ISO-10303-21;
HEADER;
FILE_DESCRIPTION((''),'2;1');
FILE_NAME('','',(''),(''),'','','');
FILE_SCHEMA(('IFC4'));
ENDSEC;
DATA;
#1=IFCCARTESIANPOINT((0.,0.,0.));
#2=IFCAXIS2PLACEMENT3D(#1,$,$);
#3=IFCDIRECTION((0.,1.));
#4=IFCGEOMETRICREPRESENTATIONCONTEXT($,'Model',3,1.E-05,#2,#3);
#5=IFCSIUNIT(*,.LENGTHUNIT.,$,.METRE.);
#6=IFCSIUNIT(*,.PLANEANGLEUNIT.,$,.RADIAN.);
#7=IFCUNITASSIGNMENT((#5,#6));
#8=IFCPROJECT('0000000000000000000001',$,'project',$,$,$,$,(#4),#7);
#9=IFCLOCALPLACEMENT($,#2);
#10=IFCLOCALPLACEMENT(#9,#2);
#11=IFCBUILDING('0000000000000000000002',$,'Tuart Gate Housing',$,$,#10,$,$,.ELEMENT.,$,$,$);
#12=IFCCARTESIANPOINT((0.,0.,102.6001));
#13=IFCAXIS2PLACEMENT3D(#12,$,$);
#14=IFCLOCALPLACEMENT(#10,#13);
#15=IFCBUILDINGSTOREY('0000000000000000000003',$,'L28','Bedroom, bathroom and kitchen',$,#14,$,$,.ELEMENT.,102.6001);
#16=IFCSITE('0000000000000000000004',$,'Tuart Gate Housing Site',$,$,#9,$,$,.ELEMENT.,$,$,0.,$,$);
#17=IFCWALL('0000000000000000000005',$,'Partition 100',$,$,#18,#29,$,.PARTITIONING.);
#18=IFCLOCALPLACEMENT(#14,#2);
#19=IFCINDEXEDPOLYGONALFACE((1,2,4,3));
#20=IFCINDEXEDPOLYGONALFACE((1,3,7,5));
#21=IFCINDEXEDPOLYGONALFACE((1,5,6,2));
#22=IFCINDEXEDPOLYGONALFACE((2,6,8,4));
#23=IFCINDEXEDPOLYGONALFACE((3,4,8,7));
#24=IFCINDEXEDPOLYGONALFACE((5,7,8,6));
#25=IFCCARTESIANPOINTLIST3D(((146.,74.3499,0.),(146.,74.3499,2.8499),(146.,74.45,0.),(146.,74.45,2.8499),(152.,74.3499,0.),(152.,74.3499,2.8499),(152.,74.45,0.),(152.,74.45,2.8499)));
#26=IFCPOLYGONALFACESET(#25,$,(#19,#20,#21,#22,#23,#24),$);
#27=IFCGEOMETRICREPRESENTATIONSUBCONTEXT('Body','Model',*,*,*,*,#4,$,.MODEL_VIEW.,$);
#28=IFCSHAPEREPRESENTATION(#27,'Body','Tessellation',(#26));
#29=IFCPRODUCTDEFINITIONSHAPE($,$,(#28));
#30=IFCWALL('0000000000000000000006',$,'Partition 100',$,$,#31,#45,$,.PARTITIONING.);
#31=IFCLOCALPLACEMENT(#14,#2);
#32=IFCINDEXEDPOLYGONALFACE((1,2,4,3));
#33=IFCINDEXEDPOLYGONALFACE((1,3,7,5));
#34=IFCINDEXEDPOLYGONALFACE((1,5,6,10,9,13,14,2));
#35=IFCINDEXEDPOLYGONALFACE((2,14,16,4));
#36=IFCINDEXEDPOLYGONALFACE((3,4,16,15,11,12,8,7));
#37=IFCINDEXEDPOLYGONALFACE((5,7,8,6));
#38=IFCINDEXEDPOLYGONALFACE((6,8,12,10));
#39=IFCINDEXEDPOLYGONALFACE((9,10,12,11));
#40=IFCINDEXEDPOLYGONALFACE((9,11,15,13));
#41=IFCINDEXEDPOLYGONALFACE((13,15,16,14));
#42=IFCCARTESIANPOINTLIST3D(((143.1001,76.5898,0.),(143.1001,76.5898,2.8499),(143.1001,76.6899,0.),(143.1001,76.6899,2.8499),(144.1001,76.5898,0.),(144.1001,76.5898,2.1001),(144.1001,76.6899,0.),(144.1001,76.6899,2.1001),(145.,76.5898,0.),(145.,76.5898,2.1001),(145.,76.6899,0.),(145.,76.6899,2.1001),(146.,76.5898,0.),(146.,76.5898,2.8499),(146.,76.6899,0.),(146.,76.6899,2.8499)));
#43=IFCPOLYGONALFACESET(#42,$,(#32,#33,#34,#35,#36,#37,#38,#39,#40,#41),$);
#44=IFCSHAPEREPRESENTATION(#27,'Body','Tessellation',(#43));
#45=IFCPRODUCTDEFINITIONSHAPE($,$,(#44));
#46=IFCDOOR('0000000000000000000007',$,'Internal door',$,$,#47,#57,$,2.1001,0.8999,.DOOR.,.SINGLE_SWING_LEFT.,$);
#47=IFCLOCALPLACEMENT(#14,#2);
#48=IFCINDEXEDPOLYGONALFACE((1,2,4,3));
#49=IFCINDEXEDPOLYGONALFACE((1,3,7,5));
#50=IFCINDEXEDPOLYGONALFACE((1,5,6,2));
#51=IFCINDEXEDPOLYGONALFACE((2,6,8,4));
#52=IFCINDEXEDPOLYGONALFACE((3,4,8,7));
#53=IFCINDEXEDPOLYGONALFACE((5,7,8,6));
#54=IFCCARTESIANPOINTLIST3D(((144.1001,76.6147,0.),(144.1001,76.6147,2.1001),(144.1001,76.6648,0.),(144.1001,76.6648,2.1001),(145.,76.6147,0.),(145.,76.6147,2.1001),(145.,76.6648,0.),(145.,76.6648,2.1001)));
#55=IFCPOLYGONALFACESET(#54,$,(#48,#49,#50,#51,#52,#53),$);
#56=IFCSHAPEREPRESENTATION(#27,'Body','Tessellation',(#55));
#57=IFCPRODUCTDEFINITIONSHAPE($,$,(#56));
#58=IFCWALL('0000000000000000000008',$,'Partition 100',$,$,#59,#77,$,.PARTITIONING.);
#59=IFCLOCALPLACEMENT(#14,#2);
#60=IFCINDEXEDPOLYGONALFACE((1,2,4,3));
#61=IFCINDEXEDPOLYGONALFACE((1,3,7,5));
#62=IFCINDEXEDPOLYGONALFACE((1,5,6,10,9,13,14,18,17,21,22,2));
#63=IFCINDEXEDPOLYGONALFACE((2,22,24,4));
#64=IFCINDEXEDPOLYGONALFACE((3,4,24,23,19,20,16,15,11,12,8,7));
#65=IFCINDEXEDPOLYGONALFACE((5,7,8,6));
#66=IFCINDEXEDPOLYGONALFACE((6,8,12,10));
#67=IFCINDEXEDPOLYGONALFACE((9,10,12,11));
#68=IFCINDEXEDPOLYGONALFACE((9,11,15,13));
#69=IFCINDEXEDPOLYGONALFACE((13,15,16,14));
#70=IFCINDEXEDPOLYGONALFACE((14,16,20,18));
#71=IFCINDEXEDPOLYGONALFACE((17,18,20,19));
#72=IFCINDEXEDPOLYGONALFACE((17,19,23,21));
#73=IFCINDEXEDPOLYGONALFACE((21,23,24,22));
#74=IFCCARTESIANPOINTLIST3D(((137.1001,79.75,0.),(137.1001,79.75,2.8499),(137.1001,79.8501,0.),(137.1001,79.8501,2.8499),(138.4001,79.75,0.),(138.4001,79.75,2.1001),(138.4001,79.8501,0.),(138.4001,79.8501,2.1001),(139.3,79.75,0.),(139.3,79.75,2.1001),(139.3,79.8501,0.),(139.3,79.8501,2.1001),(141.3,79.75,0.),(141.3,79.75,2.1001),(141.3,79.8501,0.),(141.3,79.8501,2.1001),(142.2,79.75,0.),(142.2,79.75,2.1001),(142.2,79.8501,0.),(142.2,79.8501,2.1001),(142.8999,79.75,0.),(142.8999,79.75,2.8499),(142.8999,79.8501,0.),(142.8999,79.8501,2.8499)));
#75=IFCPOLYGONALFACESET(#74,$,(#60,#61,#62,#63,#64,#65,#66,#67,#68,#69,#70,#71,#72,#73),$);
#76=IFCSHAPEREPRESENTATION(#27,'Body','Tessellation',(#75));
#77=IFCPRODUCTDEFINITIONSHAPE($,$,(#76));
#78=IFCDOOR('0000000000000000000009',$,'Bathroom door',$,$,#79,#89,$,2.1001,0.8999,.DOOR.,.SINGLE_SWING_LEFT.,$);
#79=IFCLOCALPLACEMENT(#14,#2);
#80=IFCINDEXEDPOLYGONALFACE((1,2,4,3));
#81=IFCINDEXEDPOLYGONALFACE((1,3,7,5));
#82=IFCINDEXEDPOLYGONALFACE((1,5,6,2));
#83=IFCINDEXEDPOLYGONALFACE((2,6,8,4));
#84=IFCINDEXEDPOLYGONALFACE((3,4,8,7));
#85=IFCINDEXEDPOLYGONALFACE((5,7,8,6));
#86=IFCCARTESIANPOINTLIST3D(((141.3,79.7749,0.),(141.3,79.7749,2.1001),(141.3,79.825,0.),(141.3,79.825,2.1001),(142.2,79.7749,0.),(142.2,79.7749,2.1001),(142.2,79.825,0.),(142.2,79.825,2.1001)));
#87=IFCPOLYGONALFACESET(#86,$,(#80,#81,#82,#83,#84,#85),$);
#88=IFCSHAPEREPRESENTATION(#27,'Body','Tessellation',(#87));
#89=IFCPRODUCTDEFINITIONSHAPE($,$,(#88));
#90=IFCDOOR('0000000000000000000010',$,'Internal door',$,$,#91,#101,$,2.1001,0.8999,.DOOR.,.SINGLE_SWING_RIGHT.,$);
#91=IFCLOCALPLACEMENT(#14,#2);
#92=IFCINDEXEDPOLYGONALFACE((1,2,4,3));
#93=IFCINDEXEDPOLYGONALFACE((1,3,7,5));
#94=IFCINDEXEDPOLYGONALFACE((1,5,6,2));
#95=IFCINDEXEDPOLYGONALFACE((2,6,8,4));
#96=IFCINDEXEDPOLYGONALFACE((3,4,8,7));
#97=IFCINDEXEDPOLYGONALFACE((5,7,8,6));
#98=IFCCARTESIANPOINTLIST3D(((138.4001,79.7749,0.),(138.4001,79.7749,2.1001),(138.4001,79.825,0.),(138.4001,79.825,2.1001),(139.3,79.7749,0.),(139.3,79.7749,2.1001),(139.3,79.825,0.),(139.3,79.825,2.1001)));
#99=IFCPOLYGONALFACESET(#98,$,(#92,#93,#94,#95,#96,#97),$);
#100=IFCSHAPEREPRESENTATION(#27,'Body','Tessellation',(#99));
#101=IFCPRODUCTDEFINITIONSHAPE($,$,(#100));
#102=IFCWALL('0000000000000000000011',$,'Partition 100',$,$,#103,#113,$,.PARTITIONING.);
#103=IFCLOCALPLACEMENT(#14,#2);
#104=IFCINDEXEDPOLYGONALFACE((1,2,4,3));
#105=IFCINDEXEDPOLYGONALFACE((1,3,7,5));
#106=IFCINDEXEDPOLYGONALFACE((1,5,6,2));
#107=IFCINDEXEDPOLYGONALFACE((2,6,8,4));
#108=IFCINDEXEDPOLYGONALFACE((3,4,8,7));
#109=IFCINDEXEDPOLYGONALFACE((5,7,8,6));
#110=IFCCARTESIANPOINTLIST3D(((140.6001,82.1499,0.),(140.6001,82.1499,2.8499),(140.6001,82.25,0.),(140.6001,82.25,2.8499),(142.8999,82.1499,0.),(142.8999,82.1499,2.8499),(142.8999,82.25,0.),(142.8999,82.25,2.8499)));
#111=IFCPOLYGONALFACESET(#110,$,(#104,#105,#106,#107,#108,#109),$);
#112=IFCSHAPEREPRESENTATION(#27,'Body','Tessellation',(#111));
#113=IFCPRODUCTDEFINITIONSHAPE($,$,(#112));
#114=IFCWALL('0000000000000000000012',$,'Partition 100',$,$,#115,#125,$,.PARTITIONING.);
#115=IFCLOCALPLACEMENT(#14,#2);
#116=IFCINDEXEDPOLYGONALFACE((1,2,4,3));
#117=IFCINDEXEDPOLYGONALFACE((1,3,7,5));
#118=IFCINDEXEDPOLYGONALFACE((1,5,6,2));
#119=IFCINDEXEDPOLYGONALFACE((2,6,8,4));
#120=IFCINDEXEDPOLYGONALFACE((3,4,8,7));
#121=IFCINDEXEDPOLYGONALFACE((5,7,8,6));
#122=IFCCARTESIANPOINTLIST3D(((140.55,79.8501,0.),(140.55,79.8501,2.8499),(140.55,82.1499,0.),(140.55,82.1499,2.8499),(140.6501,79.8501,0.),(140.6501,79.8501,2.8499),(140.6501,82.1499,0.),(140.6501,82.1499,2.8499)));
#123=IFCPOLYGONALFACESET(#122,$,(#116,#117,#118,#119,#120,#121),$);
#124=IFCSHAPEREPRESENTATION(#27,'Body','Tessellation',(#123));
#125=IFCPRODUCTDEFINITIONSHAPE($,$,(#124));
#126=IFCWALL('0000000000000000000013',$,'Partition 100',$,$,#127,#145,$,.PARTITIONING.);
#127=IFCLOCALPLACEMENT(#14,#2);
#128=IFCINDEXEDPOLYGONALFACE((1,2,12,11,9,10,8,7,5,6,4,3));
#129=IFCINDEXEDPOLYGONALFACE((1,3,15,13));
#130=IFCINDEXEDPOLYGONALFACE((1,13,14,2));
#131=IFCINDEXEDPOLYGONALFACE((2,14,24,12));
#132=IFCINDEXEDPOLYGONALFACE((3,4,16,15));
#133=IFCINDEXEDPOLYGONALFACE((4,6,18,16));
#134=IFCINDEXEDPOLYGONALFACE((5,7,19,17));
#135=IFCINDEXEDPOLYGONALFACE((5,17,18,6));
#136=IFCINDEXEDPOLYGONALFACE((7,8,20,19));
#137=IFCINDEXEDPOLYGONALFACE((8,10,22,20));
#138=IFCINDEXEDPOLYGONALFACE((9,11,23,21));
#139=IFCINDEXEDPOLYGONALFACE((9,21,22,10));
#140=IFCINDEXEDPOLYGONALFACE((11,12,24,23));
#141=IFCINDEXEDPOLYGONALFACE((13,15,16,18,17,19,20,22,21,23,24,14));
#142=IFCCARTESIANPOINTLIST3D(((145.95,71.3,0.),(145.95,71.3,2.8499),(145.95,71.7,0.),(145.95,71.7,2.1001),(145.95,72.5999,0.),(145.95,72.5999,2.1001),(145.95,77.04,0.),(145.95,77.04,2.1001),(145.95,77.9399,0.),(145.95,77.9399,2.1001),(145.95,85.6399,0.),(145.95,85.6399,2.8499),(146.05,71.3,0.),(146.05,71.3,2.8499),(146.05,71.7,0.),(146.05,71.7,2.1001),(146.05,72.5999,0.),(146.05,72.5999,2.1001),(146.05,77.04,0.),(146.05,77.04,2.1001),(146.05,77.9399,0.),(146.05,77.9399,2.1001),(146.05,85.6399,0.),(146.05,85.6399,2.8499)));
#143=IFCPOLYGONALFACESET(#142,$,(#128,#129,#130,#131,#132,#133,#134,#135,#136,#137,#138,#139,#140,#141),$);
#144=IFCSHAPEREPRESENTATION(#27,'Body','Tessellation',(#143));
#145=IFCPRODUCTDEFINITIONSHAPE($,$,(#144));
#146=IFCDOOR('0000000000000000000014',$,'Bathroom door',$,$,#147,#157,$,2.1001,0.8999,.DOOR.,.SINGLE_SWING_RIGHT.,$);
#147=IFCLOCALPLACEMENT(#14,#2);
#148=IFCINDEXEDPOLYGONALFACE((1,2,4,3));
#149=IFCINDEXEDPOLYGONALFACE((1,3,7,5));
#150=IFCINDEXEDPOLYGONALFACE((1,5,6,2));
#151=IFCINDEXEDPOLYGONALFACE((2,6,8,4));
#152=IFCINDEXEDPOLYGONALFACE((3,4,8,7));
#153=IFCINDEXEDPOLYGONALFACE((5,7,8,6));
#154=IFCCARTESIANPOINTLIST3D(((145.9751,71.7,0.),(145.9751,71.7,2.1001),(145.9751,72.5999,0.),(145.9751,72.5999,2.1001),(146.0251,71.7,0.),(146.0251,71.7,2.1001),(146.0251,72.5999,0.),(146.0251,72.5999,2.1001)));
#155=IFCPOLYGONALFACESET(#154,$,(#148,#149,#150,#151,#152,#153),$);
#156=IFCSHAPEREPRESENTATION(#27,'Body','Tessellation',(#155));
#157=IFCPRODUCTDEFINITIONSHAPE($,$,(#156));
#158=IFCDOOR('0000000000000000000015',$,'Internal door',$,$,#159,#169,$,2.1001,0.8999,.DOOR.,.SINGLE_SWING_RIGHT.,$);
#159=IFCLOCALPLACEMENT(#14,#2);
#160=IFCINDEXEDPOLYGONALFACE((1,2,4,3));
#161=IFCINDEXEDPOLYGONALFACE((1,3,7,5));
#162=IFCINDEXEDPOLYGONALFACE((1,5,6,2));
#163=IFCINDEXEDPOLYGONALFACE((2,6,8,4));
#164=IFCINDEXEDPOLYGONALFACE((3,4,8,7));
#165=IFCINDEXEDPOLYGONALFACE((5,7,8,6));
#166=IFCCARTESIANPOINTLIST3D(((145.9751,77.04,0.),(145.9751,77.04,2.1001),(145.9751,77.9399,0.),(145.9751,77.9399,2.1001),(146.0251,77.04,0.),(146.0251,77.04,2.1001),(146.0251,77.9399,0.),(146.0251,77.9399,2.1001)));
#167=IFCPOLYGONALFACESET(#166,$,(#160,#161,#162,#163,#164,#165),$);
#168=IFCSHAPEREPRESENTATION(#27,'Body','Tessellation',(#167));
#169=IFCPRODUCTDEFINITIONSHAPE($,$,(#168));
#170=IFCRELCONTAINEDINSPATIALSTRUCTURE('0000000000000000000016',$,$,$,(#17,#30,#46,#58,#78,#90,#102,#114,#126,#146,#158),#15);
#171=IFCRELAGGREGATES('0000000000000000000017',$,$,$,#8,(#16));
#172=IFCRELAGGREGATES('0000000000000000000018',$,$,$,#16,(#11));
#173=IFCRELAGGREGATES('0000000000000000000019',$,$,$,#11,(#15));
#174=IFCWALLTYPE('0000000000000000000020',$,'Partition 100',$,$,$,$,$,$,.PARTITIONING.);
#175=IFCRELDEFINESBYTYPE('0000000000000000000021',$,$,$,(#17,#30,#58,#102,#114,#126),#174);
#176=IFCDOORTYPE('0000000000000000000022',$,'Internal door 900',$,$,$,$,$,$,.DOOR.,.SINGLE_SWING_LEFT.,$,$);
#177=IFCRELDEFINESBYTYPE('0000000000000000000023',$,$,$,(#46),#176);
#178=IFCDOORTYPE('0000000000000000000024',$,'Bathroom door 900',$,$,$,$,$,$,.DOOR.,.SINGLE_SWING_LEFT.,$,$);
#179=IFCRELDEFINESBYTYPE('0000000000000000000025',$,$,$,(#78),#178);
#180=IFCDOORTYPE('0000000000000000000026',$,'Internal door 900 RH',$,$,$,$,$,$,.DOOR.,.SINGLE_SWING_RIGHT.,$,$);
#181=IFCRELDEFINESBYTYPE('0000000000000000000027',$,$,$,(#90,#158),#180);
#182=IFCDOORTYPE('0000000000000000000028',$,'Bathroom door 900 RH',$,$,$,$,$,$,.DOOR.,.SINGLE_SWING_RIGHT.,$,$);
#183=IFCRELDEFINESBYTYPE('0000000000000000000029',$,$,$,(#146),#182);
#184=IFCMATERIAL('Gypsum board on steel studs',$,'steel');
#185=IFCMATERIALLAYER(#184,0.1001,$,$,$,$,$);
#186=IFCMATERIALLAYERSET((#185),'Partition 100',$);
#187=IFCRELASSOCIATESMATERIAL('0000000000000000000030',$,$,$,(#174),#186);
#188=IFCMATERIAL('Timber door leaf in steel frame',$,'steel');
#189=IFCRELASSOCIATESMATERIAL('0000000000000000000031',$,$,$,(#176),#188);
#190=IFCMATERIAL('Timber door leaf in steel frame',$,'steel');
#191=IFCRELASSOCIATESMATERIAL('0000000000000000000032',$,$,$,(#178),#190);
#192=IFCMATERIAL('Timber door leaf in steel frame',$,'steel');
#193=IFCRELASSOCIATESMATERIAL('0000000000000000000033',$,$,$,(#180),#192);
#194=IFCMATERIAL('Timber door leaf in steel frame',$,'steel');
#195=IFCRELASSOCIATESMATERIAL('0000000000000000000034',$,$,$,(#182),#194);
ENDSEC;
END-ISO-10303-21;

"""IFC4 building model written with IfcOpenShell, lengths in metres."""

from ifc_helpers import new_model, si_unit, direction, frame, frame_2d, origin, place, context, subcontext, project, spatial, rectangle, extrude, material, layer, layer_set, type_object, element, fill, save


model = new_model("IFC4")

# Units and contexts
model_context = context("Model", 3, precision=1e-05, world=origin(), true_north=direction((0.0, 1.0)))
body_context = subcontext(model_context, "Body", "Model", "MODEL_VIEW")
ifc_project = project(units=[si_unit("LENGTHUNIT", "METRE"), si_unit("PLANEANGLEUNIT", "RADIAN")], contexts=[model_context])

# Site, building, storey
site_placement = place(None, origin())
site = spatial("IfcSite", under=ifc_project, at=site_placement, Name="Tuart Gate Housing Site", CompositionType="ELEMENT", RefElevation=0.0)
building_placement = place(site_placement, origin())
building = spatial("IfcBuilding", under=site, at=building_placement, Name="Tuart Gate Housing", CompositionType="ELEMENT")
storey_placement = place(building_placement, frame((0.0, 0.0, 102.6001)))
storey = spatial("IfcBuildingStorey", under=building, at=storey_placement, Name="L28", Description="Bedroom, bathroom and kitchen", CompositionType="ELEMENT", Elevation=102.6001)

# Wall
ifc_material_1 = material(Name="Gypsum board on steel studs", Category="steel")
ifc_layer_1 = layer(ifc_material_1, 0.1001)
ifc_layer_set_1 = layer_set([ifc_layer_1], Name="Partition 100")
wall_type_1 = type_object("IfcWallType", Name="Partition 100", PredefinedType="PARTITIONING", material=ifc_layer_set_1)
wall_1_placement = place(storey_placement, frame((146.0, 74.3999, 0.0), z_axis=(0.0, 0.0, 1.0), x_axis=(1.0, 0.0, 0.0)))
element("IfcWall", 1, at=wall_1_placement, inside=storey, type_object=wall_type_1, Name="Partition 100", PredefinedType="PARTITIONING", context=body_context, shape_type="SweptSolid", body=[
    extrude(rectangle(XDim=6.0, YDim=0.1001, at=frame_2d((3.0, 0.0))), origin(), (0.0, 0.0, 1.0), 2.8499),
])

# Wall, opening, door
wall_2_placement = place(storey_placement, frame((143.1001, 76.6399, 0.0), z_axis=(0.0, 0.0, 1.0), x_axis=(1.0, 0.0, 0.0)))
wall_2 = element("IfcWall", 2, at=wall_2_placement, inside=storey, type_object=wall_type_1, Name="Partition 100", PredefinedType="PARTITIONING", context=body_context, shape_type="SweptSolid", body=[
    extrude(rectangle(XDim=2.8999, YDim=0.1001, at=frame_2d((1.45, 0.0))), origin(), (0.0, 0.0, 1.0), 2.8499),
])
opening_1_placement = place(wall_2_placement, frame((1.0, 0.0, 0.0)))
opening_1 = element("IfcOpeningElement", 3, at=opening_1_placement, cuts=wall_2, PredefinedType="OPENING", context=body_context, shape_type="SweptSolid", body=[
    extrude(rectangle(XDim=0.8999, YDim=2.1001, at=frame_2d((0.45, 1.05))), frame((0.0, 0.0601, 0.0), z_axis=(0.0, -1.0, 0.0), x_axis=(1.0, 0.0, 0.0)), (0.0, 0.0, 1.0), 0.1201),
])
ifc_material_2 = material(Name="Timber door leaf in steel frame", Category="steel")
door_type_1 = type_object("IfcDoorType", Name="Internal door 900", OperationType="SINGLE_SWING_LEFT", PredefinedType="DOOR", material=ifc_material_2)
door_1_placement = place(opening_1_placement, frame((0.8999, 0.0, 0.0), z_axis=(0.0, 0.0, 1.0), x_axis=(-1.0, 0.0, 0.0)))
door_1 = element("IfcDoor", 4, at=door_1_placement, inside=storey, type_object=door_type_1, Name="Internal door", OperationType="SINGLE_SWING_LEFT", OverallHeight=2.1001, OverallWidth=0.8999, PredefinedType="DOOR", context=body_context, shape_type="SweptSolid", body=[
    extrude(rectangle(XDim=0.8999, YDim=2.1001, at=frame_2d((0.45, 1.05))), frame((0.0, 0.0251, 0.0), z_axis=(0.0, -1.0, 0.0), x_axis=(1.0, 0.0, 0.0)), (0.0, 0.0, 1.0), 0.05),
])
fill(opening_1, door_1)

# Wall, openings, doors
wall_3_placement = place(storey_placement, frame((137.1001, 79.8, 0.0), z_axis=(0.0, 0.0, 1.0), x_axis=(1.0, 0.0, 0.0)))
wall_3 = element("IfcWall", 5, at=wall_3_placement, inside=storey, type_object=wall_type_1, Name="Partition 100", PredefinedType="PARTITIONING", context=body_context, shape_type="SweptSolid", body=[
    extrude(rectangle(XDim=5.7998, YDim=0.1001, at=frame_2d((2.8999, 0.0))), origin(), (0.0, 0.0, 1.0), 2.8499),
])
opening_2_placement = place(wall_3_placement, frame((1.3, 0.0, 0.0)))
opening_2 = element("IfcOpeningElement", 6, at=opening_2_placement, cuts=wall_3, PredefinedType="OPENING", context=body_context, shape_type="SweptSolid", body=[
    extrude(rectangle(XDim=0.8999, YDim=2.1001, at=frame_2d((0.45, 1.05))), frame((0.0, 0.0601, 0.0), z_axis=(0.0, -1.0, 0.0), x_axis=(1.0, 0.0, 0.0)), (0.0, 0.0, 1.0), 0.1201),
])
opening_3_placement = place(wall_3_placement, frame((4.2, 0.0, 0.0)))
opening_3 = element("IfcOpeningElement", 7, at=opening_3_placement, cuts=wall_3, PredefinedType="OPENING", context=body_context, shape_type="SweptSolid", body=[
    extrude(rectangle(XDim=0.8999, YDim=2.1001, at=frame_2d((0.45, 1.05))), frame((0.0, 0.0601, 0.0), z_axis=(0.0, -1.0, 0.0), x_axis=(1.0, 0.0, 0.0)), (0.0, 0.0, 1.0), 0.1201),
])
ifc_material_3 = material(Name="Timber door leaf in steel frame", Category="steel")
door_type_2 = type_object("IfcDoorType", Name="Bathroom door 900", OperationType="SINGLE_SWING_LEFT", PredefinedType="DOOR", material=ifc_material_3)
door_2_placement = place(opening_3_placement, origin())
door_2 = element("IfcDoor", 8, at=door_2_placement, inside=storey, type_object=door_type_2, Name="Bathroom door", OperationType="SINGLE_SWING_LEFT", OverallHeight=2.1001, OverallWidth=0.8999, PredefinedType="DOOR", context=body_context, shape_type="SweptSolid", body=[
    extrude(rectangle(XDim=0.8999, YDim=2.1001, at=frame_2d((0.45, 1.05))), frame((0.0, 0.0249, 0.0), z_axis=(0.0, -1.0, 0.0), x_axis=(1.0, 0.0, 0.0)), (0.0, 0.0, 1.0), 0.05),
])
fill(opening_3, door_2)
ifc_material_4 = material(Name="Timber door leaf in steel frame", Category="steel")
door_type_3 = type_object("IfcDoorType", Name="Internal door 900 RH", OperationType="SINGLE_SWING_RIGHT", PredefinedType="DOOR", material=ifc_material_4)
door_3_placement = place(opening_2_placement, origin())
door_3 = element("IfcDoor", 9, at=door_3_placement, inside=storey, type_object=door_type_3, Name="Internal door", OperationType="SINGLE_SWING_RIGHT", OverallHeight=2.1001, OverallWidth=0.8999, PredefinedType="DOOR", context=body_context, shape_type="SweptSolid", body=[
    extrude(rectangle(XDim=0.8999, YDim=2.1001, at=frame_2d((0.45, 1.05))), frame((0.0, 0.0249, 0.0), z_axis=(0.0, -1.0, 0.0), x_axis=(1.0, 0.0, 0.0)), (0.0, 0.0, 1.0), 0.05),
])
fill(opening_2, door_3)

# Walls
for number, where, z_axis, x_axis, name in (
    (10, (140.6001, 82.2, 0.0), (0.0, 0.0, 1.0), (1.0, 0.0, 0.0), "Partition 100"),
    (11, (140.6001, 79.8501, 0.0), (0.0, 0.0, 1.0), (0.0, 1.0, 0.0), "Partition 100"),
):
    element("IfcWall", number, at=place(storey_placement, frame(where, z_axis=z_axis, x_axis=x_axis)), inside=storey, type_object=wall_type_1, Name=name, PredefinedType="PARTITIONING", context=body_context, shape_type="SweptSolid", body=[
        extrude(rectangle(XDim=2.2998, YDim=0.1001, at=frame_2d((1.1499, 0.0))), origin(), (0.0, 0.0, 1.0), 2.8499),
    ])

# Wall, openings, doors
wall_4_placement = place(storey_placement, frame((146.0, 71.3, 0.0), z_axis=(0.0, 0.0, 1.0), x_axis=(0.0, 1.0, 0.0)))
wall_4 = element("IfcWall", 12, at=wall_4_placement, inside=storey, type_object=wall_type_1, Name="Partition 100", PredefinedType="PARTITIONING", context=body_context, shape_type="SweptSolid", body=[
    extrude(rectangle(XDim=14.3398, YDim=0.1001, at=frame_2d((7.1699, 0.0))), origin(), (0.0, 0.0, 1.0), 2.8499),
])
opening_4_placement = place(wall_4_placement, frame((5.74, 0.0, 0.0)))
opening_4 = element("IfcOpeningElement", 13, at=opening_4_placement, cuts=wall_4, PredefinedType="OPENING", context=body_context, shape_type="SweptSolid", body=[
    extrude(rectangle(XDim=0.8999, YDim=2.1001, at=frame_2d((0.45, 1.05))), frame((0.0, 0.0601, 0.0), z_axis=(0.0, -1.0, 0.0), x_axis=(1.0, 0.0, 0.0)), (0.0, 0.0, 1.0), 0.1201),
])
opening_5_placement = place(wall_4_placement, frame((0.3999, 0.0, 0.0)))
opening_5 = element("IfcOpeningElement", 14, at=opening_5_placement, cuts=wall_4, PredefinedType="OPENING", context=body_context, shape_type="SweptSolid", body=[
    extrude(rectangle(XDim=0.8999, YDim=2.1001, at=frame_2d((0.45, 1.05))), frame((0.0, 0.0601, 0.0), z_axis=(0.0, -1.0, 0.0), x_axis=(1.0, 0.0, 0.0)), (0.0, 0.0, 1.0), 0.1201),
])
ifc_material_5 = material(Name="Timber door leaf in steel frame", Category="steel")
door_type_4 = type_object("IfcDoorType", Name="Bathroom door 900 RH", OperationType="SINGLE_SWING_RIGHT", PredefinedType="DOOR", material=ifc_material_5)
door_4_placement = place(opening_5_placement, frame((0.8999, 0.0, 0.0), z_axis=(0.0, 0.0, 1.0), x_axis=(-1.0, 0.0, 0.0)))
door_4 = element("IfcDoor", 15, at=door_4_placement, inside=storey, type_object=door_type_4, Name="Bathroom door", OperationType="SINGLE_SWING_RIGHT", OverallHeight=2.1001, OverallWidth=0.8999, PredefinedType="DOOR", context=body_context, shape_type="SweptSolid", body=[
    extrude(rectangle(XDim=0.8999, YDim=2.1001, at=frame_2d((0.45, 1.05))), frame((0.0, 0.0251, 0.0), z_axis=(0.0, -1.0, 0.0), x_axis=(1.0, 0.0, 0.0)), (0.0, 0.0, 1.0), 0.05),
])
fill(opening_5, door_4)
door_5_placement = place(opening_4_placement, frame((0.8999, 0.0, 0.0), z_axis=(0.0, 0.0, 1.0), x_axis=(-1.0, 0.0, 0.0)))
door_5 = element("IfcDoor", 16, at=door_5_placement, inside=storey, type_object=door_type_3, Name="Internal door", OperationType="SINGLE_SWING_RIGHT", OverallHeight=2.1001, OverallWidth=0.8999, PredefinedType="DOOR", context=body_context, shape_type="SweptSolid", body=[
    extrude(rectangle(XDim=0.8999, YDim=2.1001, at=frame_2d((0.45, 1.05))), frame((0.0, 0.0251, 0.0), z_axis=(0.0, -1.0, 0.0), x_axis=(1.0, 0.0, 0.0)), (0.0, 0.0, 1.0), 0.05),
])
fill(opening_4, door_5)

save(model, "model.ifc")
